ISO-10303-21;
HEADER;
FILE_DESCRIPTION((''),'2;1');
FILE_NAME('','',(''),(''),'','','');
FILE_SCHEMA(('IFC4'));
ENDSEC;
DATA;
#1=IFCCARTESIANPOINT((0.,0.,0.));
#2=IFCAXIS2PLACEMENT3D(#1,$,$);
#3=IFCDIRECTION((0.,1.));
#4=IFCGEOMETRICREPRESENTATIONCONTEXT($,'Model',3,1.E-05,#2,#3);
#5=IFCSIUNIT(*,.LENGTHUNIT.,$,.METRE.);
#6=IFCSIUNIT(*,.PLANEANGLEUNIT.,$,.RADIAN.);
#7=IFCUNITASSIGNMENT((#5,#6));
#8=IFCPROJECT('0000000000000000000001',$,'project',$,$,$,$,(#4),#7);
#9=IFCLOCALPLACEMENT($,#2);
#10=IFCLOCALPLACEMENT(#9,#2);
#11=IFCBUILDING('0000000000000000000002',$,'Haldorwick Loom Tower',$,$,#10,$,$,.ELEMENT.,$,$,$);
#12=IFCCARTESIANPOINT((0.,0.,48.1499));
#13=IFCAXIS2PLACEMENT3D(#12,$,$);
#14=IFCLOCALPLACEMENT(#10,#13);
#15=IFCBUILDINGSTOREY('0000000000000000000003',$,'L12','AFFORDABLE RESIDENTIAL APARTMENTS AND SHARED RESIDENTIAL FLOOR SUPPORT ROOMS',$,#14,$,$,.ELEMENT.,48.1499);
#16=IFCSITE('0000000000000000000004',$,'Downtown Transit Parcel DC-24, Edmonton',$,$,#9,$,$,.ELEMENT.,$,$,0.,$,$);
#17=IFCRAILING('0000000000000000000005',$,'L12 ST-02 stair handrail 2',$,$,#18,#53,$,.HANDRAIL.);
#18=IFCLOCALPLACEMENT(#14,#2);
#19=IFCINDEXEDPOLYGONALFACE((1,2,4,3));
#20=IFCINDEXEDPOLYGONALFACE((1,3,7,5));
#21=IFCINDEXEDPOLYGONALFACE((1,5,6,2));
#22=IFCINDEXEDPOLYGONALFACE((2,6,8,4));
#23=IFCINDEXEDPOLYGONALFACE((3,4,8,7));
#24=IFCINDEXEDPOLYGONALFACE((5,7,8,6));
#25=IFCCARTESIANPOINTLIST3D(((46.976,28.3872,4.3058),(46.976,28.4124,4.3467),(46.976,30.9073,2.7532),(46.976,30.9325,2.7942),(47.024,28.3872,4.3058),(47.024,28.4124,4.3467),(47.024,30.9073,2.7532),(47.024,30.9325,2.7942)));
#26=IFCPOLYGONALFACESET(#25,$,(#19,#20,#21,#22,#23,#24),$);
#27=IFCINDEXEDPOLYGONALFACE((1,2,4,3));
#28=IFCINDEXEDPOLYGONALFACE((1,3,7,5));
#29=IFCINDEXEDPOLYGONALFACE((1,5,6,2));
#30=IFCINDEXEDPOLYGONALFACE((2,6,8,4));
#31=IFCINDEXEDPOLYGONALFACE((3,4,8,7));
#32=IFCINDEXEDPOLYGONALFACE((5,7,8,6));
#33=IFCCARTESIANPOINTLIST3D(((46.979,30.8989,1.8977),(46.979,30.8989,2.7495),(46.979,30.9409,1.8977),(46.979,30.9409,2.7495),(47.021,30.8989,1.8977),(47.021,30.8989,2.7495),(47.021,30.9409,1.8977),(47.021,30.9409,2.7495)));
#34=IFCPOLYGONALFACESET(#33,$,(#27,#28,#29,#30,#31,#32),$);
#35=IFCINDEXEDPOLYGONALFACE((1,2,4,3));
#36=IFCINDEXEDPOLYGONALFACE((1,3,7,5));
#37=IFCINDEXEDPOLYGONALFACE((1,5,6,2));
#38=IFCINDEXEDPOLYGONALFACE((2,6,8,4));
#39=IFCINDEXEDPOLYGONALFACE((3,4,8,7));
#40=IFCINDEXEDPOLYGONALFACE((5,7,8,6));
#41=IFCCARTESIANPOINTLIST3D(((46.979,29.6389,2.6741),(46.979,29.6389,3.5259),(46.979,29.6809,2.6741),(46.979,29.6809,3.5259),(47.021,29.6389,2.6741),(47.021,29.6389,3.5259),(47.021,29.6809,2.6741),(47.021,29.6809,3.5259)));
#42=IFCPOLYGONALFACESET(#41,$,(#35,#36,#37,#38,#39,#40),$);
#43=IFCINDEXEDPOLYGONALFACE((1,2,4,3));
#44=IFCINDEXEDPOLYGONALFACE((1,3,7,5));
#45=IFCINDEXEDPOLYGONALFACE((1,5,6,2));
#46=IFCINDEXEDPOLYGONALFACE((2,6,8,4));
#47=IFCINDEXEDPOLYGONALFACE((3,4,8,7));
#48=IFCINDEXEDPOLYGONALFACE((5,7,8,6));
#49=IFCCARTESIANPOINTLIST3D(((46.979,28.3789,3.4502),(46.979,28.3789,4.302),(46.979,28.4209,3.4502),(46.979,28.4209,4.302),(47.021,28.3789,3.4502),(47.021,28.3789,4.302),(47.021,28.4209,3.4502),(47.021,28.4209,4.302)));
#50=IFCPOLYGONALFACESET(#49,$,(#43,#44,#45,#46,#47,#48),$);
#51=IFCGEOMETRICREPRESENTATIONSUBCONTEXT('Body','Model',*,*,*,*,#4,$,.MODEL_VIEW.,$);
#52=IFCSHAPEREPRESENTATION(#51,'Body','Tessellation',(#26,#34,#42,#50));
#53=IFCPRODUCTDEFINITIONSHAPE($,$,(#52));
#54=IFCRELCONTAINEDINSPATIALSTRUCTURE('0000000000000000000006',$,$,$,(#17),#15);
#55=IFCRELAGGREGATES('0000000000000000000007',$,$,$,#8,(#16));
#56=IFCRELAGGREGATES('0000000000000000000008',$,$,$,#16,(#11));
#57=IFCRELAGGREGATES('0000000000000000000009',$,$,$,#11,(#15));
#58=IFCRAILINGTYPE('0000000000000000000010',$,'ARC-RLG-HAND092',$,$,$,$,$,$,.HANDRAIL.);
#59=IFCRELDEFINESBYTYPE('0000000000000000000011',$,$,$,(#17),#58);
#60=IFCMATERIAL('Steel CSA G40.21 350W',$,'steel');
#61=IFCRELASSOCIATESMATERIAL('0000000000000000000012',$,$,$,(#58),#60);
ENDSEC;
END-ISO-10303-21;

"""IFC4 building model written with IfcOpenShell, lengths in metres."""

from ifc_helpers import new_model, si_unit, direction, frame, origin, origin_2d, place, context, subcontext, project, spatial, rectangle, extrude, material, type_object, element, save


model = new_model("IFC4")

# Units and contexts
model_context = context("Model", 3, precision=1e-05, world=origin(), true_north=direction((0.0, 1.0)))
body_context = subcontext(model_context, "Body", "Model", "MODEL_VIEW")
ifc_project = project(units=[si_unit("LENGTHUNIT", "METRE"), si_unit("PLANEANGLEUNIT", "RADIAN")], contexts=[model_context])

# Site, building, storey
site_placement = place(None, origin())
site = spatial("IfcSite", under=ifc_project, at=site_placement, Name="Downtown Transit Parcel DC-24, Edmonton", CompositionType="ELEMENT", RefElevation=0.0)
building_placement = place(site_placement, origin())
building = spatial("IfcBuilding", under=site, at=building_placement, Name="Haldorwick Loom Tower", CompositionType="ELEMENT")
storey_placement = place(building_placement, frame((0.0, 0.0, 48.1499)))
storey = spatial("IfcBuildingStorey", under=building, at=storey_placement, Name="L12", Description="AFFORDABLE RESIDENTIAL APARTMENTS AND SHARED RESIDENTIAL FLOOR SUPPORT ROOMS", CompositionType="ELEMENT", Elevation=48.1499)

# Shared definitions
ifc_material_1 = material(Name="Steel CSA G40.21 350W", Category="steel")

# Railing
railing_type_1 = type_object("IfcRailingType", Name="ARC-RLG-HAND092", PredefinedType="HANDRAIL", material=ifc_material_1)
railing_1_placement = place(storey_placement, frame((47.0, 30.9199, 1.8977)))
element("IfcRailing", 1, at=railing_1_placement, inside=storey, type_object=railing_type_1, Name="L12 ST-02 stair handrail 2", PredefinedType="HANDRAIL", context=body_context, shape_type="SweptSolid", body=[
    extrude(rectangle(XDim=0.0481, YDim=0.0481, at=origin_2d()), frame((0.0, 0.0, 0.876), z_axis=(0.0, -0.8514, 0.524516), x_axis=(1.0, 0.0, 0.0)), (0.0, 0.0, 1.0), 2.96),
    extrude(rectangle(XDim=0.042, YDim=0.042, at=origin_2d()), origin(), (0.0, 0.0, 1.0), 0.8518),
    extrude(rectangle(XDim=0.042, YDim=0.042, at=origin_2d()), frame((0.0, -1.26, 0.7764)), (0.0, 0.0, 1.0), 0.8518),
    extrude(rectangle(XDim=0.042, YDim=0.042, at=origin_2d()), frame((0.0, -2.52, 1.5525)), (0.0, 0.0, 1.0), 0.8518),
])

save(model, "model.ifc")
